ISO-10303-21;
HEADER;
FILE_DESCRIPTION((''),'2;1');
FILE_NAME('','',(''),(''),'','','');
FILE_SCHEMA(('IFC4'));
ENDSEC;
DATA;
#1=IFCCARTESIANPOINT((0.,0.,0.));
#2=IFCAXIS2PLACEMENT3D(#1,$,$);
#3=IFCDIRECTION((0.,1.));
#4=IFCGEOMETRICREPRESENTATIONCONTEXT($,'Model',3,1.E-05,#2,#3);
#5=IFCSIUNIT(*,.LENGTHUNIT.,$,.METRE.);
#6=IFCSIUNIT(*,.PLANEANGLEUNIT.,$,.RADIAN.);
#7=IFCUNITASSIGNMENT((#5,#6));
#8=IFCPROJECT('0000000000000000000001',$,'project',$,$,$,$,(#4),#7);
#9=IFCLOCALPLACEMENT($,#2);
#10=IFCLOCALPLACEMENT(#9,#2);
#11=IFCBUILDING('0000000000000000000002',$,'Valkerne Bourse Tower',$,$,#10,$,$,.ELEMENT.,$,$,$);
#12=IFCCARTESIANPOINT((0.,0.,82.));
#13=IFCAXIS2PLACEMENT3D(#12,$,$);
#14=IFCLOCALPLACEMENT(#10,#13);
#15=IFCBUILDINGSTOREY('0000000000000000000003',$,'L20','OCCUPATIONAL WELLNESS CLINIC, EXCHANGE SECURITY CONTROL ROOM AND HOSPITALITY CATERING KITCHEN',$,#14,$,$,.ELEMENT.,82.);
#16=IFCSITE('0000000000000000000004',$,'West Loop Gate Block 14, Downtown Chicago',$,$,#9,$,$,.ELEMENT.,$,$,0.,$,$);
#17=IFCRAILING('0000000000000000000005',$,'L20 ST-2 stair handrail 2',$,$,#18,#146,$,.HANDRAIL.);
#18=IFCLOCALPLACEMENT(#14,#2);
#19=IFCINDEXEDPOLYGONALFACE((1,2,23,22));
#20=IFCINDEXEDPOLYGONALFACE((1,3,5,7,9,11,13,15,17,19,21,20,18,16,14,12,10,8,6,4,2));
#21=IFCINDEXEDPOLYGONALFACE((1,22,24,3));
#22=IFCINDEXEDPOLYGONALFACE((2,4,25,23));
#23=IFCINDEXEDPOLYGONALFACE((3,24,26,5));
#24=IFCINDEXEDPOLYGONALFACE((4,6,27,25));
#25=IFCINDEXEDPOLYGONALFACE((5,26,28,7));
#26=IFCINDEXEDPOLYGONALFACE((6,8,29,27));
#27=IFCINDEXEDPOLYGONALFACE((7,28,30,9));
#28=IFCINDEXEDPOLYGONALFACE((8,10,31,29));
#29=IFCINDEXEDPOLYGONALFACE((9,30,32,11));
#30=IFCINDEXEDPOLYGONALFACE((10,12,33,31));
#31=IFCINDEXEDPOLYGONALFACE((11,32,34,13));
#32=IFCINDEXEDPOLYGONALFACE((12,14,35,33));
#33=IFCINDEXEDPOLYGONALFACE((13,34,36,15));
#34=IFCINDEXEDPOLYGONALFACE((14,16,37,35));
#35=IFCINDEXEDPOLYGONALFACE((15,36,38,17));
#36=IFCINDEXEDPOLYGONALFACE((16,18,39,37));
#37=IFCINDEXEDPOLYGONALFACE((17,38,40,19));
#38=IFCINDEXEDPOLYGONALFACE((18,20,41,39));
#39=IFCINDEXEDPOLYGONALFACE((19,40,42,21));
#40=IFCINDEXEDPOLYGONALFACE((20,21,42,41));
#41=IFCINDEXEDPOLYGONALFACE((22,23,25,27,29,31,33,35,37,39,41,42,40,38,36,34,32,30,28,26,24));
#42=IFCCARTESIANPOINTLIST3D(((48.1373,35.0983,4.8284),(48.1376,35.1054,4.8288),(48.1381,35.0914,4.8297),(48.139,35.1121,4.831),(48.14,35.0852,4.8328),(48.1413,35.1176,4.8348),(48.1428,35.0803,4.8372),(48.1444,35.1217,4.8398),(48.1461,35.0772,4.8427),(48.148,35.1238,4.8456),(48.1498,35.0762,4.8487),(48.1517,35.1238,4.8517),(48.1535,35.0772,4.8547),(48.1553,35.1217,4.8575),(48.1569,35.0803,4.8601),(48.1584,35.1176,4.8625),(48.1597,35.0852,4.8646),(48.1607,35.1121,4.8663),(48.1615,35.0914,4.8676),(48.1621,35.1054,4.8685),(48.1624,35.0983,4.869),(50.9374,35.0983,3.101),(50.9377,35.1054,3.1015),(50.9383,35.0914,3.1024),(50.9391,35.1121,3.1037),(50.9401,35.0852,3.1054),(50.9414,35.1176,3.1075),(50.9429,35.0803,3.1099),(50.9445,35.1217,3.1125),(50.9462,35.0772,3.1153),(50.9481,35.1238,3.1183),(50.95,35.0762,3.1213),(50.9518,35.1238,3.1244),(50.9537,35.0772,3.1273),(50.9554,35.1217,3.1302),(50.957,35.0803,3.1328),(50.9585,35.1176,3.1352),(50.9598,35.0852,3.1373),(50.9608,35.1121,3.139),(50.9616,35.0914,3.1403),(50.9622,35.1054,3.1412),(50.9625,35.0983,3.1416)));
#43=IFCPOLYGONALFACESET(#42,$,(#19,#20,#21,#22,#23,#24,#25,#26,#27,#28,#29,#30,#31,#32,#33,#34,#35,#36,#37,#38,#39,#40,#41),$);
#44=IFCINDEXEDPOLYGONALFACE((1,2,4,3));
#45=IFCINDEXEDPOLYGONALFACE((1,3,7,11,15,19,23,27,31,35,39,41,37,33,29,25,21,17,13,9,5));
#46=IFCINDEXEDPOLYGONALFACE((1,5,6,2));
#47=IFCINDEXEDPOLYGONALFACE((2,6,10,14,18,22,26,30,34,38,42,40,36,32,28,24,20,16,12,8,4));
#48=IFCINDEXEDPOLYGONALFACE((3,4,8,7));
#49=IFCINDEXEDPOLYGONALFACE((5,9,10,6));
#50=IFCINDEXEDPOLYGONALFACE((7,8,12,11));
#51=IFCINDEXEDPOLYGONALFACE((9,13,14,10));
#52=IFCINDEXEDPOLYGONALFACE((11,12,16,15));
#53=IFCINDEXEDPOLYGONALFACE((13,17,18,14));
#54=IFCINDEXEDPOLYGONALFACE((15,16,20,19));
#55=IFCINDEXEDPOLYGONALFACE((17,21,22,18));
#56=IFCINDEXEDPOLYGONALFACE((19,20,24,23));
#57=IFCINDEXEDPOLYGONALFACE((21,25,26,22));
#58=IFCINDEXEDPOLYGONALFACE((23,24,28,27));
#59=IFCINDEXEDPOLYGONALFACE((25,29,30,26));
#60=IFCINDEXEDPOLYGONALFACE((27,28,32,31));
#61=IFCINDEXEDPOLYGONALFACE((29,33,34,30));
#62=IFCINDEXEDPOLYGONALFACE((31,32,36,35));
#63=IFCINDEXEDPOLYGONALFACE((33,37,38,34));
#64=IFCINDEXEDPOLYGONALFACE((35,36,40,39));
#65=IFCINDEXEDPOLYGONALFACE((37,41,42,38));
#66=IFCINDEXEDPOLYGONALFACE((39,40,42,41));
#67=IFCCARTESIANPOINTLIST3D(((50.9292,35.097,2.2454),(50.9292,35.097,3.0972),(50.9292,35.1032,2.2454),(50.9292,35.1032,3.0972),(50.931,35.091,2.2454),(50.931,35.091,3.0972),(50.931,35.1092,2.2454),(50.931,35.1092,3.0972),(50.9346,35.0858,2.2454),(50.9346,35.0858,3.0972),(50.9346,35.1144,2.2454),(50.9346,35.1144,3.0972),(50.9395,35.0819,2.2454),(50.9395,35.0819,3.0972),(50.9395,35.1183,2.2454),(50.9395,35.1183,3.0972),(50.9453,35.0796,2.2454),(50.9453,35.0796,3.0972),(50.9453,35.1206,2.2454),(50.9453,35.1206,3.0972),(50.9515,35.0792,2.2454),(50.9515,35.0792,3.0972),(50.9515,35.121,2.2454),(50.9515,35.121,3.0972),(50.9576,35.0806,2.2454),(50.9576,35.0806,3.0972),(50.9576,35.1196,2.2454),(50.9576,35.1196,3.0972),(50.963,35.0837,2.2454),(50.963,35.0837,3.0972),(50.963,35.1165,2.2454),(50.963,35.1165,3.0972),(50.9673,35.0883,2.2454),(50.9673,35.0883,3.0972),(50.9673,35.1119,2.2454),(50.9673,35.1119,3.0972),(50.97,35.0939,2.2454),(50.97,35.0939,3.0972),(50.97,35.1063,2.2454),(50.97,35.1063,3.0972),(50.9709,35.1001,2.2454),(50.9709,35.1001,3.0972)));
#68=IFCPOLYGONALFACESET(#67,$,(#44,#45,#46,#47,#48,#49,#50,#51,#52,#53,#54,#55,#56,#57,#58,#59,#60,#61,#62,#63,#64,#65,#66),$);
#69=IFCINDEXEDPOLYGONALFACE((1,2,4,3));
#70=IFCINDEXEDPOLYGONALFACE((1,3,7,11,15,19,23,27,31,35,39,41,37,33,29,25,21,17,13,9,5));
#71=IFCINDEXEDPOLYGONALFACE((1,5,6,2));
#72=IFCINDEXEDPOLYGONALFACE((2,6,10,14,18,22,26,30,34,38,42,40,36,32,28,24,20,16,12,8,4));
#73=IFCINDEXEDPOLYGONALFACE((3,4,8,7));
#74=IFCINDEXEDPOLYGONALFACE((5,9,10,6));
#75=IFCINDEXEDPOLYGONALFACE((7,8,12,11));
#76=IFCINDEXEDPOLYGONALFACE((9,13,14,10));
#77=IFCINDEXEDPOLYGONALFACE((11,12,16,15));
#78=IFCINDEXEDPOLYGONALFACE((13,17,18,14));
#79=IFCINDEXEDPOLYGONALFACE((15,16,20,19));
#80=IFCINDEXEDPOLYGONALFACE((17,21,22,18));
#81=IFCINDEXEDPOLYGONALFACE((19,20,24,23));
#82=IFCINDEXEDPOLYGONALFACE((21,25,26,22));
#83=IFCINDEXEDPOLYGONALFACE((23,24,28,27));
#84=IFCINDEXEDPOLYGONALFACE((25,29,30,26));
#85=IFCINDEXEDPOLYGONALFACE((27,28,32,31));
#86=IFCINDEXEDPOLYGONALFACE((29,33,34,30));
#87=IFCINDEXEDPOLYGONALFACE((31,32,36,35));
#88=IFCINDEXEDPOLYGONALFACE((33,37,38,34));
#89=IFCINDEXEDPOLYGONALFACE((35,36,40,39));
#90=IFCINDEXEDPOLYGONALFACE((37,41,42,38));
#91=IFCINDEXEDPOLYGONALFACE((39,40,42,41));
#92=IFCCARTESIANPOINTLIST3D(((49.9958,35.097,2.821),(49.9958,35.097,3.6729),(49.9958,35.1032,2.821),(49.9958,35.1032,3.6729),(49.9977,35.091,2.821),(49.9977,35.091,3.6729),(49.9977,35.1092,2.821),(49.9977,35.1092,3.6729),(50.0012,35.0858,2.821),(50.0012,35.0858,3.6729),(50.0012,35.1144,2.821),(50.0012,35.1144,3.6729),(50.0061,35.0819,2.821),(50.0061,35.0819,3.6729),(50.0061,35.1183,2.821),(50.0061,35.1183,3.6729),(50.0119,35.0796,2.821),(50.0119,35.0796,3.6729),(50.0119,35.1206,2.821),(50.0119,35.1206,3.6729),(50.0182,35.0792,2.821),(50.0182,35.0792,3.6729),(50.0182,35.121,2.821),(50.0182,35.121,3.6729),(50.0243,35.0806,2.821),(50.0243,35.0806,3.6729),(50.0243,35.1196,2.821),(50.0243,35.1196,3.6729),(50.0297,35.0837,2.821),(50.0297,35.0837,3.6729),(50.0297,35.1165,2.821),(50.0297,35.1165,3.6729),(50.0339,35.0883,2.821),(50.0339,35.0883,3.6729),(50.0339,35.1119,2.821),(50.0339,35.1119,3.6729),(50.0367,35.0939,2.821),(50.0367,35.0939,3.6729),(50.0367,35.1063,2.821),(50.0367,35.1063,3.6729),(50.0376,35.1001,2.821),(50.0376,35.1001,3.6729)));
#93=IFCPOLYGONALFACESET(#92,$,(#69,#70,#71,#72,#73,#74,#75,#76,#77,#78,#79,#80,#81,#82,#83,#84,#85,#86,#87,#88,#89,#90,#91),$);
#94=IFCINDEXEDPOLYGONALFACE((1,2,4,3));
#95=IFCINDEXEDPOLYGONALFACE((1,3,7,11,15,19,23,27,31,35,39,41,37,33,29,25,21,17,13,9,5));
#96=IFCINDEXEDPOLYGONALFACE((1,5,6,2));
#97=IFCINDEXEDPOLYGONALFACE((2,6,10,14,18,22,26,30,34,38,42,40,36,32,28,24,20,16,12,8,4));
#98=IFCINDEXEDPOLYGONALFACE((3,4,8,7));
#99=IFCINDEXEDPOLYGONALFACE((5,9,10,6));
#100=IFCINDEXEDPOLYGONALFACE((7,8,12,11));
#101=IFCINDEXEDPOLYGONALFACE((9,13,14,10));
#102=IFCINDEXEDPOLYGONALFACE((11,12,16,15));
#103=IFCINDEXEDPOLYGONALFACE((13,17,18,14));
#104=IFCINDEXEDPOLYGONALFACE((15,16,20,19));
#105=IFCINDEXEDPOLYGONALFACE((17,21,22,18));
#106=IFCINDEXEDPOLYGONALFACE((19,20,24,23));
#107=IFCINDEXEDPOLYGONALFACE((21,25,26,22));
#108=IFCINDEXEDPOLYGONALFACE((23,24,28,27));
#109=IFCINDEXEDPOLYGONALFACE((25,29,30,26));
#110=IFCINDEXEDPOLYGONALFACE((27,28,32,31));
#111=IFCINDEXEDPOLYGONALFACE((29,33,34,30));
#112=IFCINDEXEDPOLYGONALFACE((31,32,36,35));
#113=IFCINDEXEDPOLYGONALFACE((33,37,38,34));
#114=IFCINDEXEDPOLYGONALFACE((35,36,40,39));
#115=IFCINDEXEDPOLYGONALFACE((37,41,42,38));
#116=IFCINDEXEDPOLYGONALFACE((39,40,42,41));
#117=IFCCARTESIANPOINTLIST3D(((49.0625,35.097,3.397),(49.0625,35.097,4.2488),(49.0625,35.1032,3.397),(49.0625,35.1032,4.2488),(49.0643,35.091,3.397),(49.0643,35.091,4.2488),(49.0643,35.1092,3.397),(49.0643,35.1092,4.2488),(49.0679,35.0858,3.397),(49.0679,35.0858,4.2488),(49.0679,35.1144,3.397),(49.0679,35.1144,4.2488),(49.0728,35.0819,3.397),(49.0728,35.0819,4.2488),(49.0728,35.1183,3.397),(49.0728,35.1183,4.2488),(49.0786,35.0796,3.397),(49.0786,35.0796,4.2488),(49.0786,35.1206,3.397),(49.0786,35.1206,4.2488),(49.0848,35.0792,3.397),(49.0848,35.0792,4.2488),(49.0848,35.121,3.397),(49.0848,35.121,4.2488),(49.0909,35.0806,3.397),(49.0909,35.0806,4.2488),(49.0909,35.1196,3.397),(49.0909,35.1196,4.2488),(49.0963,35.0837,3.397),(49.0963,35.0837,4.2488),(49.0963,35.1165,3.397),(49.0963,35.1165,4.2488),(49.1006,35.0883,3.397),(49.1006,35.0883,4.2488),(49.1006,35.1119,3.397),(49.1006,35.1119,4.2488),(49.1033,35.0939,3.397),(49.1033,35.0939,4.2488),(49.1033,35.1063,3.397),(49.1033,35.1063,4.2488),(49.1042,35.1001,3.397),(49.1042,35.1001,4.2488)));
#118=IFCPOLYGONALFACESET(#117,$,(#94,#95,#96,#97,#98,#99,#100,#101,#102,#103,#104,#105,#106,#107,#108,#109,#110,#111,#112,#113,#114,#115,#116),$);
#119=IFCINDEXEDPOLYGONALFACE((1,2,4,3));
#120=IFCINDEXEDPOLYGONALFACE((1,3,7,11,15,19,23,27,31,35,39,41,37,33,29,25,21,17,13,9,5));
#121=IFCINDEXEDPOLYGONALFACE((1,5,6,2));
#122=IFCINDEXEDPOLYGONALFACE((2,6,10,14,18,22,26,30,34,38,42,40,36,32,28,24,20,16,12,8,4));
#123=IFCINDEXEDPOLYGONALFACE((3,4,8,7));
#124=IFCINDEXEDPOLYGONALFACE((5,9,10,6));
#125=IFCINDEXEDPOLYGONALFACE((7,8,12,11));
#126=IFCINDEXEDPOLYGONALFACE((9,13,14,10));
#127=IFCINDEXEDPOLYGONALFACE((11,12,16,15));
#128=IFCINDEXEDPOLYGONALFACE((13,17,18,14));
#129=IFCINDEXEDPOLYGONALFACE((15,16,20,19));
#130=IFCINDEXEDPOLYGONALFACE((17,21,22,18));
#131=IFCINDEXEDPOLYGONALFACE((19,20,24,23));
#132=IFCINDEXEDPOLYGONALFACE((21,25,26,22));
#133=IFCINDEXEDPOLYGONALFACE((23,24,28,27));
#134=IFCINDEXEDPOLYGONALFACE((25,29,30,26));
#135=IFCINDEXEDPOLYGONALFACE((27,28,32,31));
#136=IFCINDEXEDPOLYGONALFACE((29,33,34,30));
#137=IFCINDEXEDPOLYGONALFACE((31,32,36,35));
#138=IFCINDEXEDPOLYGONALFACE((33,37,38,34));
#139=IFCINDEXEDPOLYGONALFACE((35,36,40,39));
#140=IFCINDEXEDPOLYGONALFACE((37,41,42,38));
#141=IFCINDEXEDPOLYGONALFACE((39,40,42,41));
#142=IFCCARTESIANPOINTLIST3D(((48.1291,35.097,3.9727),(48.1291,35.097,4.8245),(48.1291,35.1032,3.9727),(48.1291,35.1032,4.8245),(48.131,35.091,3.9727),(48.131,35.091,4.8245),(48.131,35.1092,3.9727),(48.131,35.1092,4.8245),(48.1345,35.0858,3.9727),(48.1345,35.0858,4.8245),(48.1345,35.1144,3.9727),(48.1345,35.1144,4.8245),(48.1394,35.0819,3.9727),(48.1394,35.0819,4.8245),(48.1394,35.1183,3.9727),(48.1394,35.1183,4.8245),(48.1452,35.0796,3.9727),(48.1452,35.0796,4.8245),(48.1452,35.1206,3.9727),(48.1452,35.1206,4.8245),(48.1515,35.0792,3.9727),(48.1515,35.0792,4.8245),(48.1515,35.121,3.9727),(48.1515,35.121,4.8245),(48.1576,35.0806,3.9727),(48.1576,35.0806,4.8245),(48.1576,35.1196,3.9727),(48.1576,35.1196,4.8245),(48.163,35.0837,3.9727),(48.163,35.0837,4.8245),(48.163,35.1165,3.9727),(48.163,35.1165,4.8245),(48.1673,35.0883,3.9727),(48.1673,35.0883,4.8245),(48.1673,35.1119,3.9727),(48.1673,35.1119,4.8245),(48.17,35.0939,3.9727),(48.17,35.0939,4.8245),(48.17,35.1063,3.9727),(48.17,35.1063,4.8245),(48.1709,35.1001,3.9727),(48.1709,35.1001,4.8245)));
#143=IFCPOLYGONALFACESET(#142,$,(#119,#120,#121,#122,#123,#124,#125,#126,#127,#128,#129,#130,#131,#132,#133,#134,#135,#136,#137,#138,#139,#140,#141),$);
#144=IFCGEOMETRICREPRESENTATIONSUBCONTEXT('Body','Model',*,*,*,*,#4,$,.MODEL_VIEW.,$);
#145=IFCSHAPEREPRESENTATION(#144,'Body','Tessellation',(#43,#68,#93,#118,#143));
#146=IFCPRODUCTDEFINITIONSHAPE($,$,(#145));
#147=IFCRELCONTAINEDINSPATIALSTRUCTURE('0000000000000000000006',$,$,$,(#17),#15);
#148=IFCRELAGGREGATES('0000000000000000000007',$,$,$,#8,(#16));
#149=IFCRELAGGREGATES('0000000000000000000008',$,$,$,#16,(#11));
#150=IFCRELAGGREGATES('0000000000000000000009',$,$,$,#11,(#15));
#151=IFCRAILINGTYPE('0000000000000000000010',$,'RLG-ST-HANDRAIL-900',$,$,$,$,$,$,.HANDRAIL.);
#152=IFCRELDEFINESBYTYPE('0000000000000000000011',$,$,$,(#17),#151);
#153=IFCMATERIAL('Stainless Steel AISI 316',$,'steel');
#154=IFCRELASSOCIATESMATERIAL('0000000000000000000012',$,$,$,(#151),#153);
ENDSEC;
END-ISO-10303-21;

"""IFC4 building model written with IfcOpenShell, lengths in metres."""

from ifc_helpers import new_model, si_unit, direction, frame, origin, origin_2d, place, context, subcontext, project, spatial, circle, extrude, material, type_object, element, save


model = new_model("IFC4")

# Units and contexts
model_context = context("Model", 3, precision=1e-05, world=origin(), true_north=direction((0.0, 1.0)))
body_context = subcontext(model_context, "Body", "Model", "MODEL_VIEW")
ifc_project = project(units=[si_unit("LENGTHUNIT", "METRE"), si_unit("PLANEANGLEUNIT", "RADIAN")], contexts=[model_context])

# Site, building, storey
site_placement = place(None, origin())
site = spatial("IfcSite", under=ifc_project, at=site_placement, Name="West Loop Gate Block 14, Downtown Chicago", CompositionType="ELEMENT", RefElevation=0.0)
building_placement = place(site_placement, origin())
building = spatial("IfcBuilding", under=site, at=building_placement, Name="Valkerne Bourse Tower", CompositionType="ELEMENT")
storey_placement = place(building_placement, frame((0.0, 0.0, 82.0)))
storey = spatial("IfcBuildingStorey", under=building, at=storey_placement, Name="L20", Description="OCCUPATIONAL WELLNESS CLINIC, EXCHANGE SECURITY CONTROL ROOM AND HOSPITALITY CATERING KITCHEN", CompositionType="ELEMENT", Elevation=82.0)

# Railing
ifc_material_1 = material(Name="Stainless Steel AISI 316", Category="steel")
railing_type_1 = type_object("IfcRailingType", Name="RLG-ST-HANDRAIL-900", PredefinedType="HANDRAIL", material=ifc_material_1)
railing_1_placement = place(storey_placement, frame((50.95, 35.1001, 2.2454)))
element("IfcRailing", 1, at=railing_1_placement, inside=storey, type_object=railing_type_1, Name="L20 ST-2 stair handrail 2", PredefinedType="HANDRAIL", context=body_context, shape_type="SweptSolid", body=[
    extrude(circle(Radius=0.0239, at=origin_2d()), frame((0.0, 0.0, 0.876), z_axis=(-0.85109, 0.0, 0.52502), x_axis=(0.0, -1.0, 0.0)), (0.0, 0.0, 1.0), 3.29),
    extrude(circle(Radius=0.021, at=origin_2d()), origin(), (0.0, 0.0, 1.0), 0.8518),
    extrude(circle(Radius=0.021, at=origin_2d()), frame((-0.9333, 0.0, 0.5757)), (0.0, 0.0, 1.0), 0.8518),
    extrude(circle(Radius=0.021, at=origin_2d()), frame((-1.8667, 0.0, 1.1516)), (0.0, 0.0, 1.0), 0.8518),
    extrude(circle(Radius=0.021, at=origin_2d()), frame((-2.8, 0.0, 1.7273)), (0.0, 0.0, 1.0), 0.8518),
])

save(model, "model.ifc")
